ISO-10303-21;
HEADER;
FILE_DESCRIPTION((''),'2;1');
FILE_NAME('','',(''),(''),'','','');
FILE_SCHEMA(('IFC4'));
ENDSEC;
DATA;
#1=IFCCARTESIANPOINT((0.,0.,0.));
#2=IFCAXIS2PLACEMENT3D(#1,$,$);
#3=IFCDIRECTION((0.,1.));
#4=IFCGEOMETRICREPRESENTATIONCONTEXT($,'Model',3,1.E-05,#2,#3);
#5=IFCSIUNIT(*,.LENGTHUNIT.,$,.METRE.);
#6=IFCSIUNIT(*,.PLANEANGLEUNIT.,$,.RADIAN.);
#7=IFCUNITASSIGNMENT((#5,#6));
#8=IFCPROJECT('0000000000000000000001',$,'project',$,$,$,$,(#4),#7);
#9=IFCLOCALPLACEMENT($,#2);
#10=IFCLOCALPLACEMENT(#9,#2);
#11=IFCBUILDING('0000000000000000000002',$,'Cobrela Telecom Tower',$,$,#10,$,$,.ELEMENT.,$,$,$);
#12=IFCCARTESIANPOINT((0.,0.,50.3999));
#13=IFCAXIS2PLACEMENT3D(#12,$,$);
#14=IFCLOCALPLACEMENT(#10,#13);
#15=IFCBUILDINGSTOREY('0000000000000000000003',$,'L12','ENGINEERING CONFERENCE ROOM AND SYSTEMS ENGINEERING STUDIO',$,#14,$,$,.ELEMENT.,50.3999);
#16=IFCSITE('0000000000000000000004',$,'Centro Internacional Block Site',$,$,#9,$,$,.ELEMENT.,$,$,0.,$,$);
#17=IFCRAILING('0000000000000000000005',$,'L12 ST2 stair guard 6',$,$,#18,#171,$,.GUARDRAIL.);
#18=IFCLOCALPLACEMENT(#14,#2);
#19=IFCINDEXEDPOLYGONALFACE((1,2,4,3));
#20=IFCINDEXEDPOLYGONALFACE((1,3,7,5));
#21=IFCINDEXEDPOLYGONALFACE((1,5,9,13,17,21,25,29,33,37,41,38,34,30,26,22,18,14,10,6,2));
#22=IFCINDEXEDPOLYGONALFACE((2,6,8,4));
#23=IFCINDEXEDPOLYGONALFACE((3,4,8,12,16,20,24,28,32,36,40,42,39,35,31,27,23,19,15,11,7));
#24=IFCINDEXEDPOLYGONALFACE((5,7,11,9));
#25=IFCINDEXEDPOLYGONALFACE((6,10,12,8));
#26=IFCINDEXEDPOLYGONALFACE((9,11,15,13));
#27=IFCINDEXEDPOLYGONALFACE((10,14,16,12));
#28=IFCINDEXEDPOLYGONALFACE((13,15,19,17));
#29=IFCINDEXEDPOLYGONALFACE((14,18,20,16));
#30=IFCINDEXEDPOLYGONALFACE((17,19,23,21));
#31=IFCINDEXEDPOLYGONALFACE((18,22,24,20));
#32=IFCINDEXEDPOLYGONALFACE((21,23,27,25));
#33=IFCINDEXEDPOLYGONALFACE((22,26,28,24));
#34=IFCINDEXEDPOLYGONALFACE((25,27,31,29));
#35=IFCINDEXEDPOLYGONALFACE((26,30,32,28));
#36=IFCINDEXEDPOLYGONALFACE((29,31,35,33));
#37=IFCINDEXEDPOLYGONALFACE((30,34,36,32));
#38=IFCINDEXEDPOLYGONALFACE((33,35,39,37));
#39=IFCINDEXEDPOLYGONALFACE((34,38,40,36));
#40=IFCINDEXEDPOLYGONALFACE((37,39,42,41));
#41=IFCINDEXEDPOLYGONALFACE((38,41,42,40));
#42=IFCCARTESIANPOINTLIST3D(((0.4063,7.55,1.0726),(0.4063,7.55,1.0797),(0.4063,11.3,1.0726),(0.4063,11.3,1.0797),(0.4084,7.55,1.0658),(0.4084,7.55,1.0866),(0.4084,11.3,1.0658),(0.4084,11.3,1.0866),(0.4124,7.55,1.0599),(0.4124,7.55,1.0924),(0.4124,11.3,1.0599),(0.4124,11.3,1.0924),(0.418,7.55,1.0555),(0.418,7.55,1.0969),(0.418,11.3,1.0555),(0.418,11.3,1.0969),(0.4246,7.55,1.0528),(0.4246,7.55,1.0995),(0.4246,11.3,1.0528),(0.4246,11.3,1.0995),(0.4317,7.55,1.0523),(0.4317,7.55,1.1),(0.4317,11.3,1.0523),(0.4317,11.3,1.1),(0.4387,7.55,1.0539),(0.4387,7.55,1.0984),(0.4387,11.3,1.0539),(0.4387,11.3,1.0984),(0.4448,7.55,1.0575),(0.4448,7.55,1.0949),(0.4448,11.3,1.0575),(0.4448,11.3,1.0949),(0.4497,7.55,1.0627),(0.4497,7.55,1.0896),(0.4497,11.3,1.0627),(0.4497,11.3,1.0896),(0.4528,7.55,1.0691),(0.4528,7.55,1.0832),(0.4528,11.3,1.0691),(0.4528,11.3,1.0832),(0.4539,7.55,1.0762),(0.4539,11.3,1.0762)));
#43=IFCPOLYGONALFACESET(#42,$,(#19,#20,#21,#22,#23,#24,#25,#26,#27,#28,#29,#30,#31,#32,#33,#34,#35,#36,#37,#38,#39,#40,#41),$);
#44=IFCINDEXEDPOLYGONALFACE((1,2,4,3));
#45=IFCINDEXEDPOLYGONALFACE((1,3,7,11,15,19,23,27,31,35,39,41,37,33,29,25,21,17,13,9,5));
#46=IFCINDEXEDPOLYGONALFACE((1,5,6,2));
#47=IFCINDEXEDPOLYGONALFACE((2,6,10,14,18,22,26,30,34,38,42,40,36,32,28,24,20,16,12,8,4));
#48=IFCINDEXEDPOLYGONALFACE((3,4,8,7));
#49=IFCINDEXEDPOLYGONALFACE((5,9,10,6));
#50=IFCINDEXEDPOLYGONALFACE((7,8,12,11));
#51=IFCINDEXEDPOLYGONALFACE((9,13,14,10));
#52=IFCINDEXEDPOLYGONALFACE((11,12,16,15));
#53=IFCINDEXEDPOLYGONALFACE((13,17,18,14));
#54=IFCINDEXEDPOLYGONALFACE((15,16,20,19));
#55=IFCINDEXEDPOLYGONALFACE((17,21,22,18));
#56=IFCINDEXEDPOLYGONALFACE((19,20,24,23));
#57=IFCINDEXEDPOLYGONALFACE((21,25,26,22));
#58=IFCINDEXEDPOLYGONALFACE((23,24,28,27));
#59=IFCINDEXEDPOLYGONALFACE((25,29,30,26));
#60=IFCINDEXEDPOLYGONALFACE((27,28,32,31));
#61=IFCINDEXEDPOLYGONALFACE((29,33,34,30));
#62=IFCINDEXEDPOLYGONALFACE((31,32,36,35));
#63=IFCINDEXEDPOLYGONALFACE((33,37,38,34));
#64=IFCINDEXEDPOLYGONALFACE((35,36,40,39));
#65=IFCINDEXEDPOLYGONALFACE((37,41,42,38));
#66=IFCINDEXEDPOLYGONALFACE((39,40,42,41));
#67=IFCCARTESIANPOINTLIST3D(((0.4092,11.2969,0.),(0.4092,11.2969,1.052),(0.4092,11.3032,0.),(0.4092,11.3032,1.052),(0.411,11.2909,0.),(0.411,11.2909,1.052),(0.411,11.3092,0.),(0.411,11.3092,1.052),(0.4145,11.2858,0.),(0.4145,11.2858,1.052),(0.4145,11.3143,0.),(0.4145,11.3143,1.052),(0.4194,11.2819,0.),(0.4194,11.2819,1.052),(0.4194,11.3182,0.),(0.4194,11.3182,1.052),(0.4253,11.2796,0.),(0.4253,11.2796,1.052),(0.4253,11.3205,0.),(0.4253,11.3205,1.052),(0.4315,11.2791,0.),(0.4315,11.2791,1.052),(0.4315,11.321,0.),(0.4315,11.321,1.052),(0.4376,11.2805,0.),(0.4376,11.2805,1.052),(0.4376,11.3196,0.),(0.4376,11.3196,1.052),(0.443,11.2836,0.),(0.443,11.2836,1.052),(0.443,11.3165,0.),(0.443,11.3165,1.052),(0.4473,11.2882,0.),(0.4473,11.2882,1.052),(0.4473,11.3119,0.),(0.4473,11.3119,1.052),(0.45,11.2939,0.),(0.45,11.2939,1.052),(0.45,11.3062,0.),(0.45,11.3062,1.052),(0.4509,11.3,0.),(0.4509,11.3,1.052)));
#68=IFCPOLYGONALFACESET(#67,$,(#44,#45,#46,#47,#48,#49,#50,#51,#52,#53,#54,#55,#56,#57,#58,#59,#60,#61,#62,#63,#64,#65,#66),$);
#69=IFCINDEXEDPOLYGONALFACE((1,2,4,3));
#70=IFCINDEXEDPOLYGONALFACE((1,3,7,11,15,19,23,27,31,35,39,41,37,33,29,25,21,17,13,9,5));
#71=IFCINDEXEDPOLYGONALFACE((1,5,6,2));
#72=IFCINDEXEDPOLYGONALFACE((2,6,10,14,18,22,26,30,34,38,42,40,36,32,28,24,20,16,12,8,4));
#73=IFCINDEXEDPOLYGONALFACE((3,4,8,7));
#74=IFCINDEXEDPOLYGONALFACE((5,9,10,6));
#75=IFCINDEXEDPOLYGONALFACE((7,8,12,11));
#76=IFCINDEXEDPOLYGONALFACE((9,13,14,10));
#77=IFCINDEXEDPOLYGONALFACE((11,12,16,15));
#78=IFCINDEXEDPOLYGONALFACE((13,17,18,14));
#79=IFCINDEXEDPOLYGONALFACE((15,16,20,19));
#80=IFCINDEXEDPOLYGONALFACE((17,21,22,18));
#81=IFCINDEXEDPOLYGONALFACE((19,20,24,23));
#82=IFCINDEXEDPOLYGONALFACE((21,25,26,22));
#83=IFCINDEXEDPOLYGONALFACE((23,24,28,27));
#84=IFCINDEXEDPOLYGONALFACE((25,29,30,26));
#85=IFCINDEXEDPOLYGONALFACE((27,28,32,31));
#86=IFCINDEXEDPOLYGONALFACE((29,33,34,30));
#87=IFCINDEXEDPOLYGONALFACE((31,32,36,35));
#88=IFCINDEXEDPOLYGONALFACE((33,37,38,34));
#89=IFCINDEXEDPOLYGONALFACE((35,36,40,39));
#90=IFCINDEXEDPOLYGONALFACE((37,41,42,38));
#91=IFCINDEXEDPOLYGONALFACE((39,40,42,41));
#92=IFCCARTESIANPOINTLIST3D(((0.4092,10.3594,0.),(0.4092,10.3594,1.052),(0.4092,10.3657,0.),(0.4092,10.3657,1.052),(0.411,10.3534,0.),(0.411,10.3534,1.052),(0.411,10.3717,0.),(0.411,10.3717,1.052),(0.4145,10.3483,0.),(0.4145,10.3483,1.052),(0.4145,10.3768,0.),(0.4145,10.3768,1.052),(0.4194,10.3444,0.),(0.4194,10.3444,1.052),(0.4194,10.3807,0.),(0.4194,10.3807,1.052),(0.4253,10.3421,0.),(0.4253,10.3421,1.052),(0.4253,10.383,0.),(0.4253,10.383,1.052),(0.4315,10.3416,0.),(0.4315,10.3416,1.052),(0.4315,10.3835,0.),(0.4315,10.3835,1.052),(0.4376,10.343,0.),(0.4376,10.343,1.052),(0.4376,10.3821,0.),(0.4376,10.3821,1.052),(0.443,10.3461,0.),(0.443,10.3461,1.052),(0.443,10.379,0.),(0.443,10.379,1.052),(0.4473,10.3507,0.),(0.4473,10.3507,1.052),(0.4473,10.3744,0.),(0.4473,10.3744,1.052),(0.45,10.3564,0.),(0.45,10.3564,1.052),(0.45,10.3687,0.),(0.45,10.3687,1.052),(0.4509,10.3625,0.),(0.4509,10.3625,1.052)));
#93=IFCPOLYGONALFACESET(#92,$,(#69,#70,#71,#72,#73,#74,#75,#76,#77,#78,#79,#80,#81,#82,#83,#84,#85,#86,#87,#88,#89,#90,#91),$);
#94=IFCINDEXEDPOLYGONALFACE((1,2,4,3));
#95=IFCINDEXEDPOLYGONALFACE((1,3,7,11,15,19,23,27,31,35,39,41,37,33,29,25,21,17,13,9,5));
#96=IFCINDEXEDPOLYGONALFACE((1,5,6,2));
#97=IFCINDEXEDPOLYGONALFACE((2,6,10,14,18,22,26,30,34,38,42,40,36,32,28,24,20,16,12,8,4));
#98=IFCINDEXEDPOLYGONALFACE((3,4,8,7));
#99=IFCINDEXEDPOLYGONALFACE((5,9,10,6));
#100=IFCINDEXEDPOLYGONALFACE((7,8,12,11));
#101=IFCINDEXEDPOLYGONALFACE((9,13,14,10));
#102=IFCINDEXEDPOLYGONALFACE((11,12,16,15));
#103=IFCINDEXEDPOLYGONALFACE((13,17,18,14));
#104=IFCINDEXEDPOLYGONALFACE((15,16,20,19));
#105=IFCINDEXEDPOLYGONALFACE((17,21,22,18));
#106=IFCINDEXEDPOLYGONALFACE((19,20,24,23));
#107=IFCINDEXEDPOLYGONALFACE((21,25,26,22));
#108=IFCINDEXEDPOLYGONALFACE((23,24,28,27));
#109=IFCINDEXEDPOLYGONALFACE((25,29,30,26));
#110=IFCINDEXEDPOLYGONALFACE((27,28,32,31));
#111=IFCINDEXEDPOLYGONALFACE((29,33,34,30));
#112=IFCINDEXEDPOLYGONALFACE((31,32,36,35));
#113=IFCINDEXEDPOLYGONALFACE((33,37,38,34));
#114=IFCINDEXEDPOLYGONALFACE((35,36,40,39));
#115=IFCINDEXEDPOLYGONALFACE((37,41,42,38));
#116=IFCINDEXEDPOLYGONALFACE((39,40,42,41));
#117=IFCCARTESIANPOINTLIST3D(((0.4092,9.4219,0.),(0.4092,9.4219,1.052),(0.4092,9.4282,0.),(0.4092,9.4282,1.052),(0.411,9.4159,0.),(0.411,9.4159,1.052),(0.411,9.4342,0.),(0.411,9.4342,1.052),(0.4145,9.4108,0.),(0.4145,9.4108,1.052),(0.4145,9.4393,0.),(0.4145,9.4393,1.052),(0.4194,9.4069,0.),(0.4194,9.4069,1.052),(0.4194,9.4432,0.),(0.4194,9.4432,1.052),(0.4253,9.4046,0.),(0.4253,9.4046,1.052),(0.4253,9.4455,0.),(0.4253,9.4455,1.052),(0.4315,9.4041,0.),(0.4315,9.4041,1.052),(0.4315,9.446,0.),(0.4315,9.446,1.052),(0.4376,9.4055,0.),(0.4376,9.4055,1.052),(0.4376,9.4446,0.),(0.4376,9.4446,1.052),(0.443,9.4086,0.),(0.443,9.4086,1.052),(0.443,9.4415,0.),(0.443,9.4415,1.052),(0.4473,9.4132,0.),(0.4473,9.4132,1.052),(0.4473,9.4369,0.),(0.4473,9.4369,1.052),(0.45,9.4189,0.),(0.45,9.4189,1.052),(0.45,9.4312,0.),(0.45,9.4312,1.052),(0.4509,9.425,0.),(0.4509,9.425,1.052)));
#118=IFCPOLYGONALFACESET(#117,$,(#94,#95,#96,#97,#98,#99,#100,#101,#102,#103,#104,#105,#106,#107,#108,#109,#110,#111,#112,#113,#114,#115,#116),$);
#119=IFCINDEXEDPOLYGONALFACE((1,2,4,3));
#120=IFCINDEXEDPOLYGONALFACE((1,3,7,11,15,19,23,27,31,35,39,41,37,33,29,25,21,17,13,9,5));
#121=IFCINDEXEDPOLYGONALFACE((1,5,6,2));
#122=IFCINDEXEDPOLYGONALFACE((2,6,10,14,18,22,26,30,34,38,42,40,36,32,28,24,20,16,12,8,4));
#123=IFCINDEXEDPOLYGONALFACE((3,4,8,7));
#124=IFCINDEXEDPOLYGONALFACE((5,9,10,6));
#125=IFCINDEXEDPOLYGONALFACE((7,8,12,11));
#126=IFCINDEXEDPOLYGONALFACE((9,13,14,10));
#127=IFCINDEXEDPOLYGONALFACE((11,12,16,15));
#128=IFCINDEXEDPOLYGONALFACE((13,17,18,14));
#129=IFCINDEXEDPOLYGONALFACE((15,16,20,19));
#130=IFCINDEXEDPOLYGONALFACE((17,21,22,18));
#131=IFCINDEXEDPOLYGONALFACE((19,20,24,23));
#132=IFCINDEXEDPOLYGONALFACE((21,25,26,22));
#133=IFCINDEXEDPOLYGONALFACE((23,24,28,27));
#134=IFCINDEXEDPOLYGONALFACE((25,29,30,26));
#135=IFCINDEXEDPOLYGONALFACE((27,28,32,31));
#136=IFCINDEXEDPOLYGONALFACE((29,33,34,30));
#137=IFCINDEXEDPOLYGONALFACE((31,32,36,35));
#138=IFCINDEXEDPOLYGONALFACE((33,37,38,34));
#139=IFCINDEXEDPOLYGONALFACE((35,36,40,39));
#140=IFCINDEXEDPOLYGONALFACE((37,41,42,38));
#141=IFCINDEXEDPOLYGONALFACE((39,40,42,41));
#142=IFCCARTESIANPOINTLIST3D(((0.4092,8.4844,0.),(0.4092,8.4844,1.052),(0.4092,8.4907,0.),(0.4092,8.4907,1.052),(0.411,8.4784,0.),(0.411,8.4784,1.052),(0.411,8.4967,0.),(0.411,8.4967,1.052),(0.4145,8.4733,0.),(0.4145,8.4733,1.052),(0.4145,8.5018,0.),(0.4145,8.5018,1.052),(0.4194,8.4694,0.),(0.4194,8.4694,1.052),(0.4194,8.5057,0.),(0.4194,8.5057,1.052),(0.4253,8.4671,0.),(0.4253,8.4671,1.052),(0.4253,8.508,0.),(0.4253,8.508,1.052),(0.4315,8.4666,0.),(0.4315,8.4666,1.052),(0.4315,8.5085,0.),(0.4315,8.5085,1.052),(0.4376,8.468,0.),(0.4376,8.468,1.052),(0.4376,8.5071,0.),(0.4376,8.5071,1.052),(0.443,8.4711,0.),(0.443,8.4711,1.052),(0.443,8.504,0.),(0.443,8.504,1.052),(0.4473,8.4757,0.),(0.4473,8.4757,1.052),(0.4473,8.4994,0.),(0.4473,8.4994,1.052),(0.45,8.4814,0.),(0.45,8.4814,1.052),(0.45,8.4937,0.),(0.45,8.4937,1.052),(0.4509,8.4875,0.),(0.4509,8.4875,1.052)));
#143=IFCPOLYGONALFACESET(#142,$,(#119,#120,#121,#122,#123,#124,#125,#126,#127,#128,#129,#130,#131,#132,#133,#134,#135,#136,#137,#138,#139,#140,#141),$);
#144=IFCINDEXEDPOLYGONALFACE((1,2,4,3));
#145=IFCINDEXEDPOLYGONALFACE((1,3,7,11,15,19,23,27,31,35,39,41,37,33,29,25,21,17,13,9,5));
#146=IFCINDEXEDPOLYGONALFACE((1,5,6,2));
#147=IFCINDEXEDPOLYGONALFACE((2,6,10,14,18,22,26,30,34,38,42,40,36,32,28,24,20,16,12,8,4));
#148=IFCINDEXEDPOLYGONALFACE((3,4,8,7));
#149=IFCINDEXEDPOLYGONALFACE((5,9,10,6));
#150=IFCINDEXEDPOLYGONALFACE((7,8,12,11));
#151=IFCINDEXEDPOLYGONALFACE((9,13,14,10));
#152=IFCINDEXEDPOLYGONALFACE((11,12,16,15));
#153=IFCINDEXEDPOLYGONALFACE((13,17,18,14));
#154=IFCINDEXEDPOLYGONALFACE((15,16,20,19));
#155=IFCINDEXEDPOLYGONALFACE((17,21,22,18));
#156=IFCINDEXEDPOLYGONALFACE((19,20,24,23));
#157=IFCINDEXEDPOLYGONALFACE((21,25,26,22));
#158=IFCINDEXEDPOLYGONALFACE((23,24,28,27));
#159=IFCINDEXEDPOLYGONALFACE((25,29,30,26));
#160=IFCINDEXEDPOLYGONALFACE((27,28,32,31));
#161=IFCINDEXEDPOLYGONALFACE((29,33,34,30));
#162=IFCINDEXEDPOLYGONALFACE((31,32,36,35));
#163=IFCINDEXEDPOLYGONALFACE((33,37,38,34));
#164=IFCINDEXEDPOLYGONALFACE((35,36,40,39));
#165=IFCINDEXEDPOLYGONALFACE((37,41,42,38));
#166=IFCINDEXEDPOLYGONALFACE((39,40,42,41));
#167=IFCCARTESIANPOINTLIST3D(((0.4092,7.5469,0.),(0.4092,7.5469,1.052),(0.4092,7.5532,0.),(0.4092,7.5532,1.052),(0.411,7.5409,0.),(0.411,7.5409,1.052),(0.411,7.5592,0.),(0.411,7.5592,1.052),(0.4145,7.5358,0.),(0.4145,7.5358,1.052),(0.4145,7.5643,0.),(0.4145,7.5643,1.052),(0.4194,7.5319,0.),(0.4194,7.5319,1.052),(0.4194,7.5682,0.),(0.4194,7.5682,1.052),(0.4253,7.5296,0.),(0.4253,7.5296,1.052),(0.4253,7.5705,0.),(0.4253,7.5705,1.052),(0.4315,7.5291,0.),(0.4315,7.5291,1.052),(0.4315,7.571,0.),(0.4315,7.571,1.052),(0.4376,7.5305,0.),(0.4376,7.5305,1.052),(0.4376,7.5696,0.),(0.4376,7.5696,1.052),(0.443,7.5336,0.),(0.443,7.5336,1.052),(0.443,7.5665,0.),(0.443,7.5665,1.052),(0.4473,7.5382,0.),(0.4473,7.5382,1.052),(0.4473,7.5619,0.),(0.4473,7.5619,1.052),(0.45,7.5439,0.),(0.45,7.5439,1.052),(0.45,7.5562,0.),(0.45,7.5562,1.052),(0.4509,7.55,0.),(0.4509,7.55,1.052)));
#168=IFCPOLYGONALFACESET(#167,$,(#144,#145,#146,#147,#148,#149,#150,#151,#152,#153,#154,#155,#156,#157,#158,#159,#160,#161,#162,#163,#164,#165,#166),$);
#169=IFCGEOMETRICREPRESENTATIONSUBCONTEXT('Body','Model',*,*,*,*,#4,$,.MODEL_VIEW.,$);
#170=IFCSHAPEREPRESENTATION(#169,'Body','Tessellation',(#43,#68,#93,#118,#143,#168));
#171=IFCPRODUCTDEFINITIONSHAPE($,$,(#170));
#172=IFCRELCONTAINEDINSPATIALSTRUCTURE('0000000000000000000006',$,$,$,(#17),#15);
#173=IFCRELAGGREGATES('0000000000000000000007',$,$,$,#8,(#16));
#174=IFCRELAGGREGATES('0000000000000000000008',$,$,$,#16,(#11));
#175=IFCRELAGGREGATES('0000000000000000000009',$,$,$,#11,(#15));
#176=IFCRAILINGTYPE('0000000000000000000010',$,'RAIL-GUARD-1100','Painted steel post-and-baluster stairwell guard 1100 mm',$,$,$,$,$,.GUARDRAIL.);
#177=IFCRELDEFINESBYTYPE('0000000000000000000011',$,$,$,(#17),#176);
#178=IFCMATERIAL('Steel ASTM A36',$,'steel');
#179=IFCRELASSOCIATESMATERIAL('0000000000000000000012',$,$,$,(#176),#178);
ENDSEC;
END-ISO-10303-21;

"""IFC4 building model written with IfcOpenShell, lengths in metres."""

from ifc_helpers import new_model, si_unit, direction, frame, origin, origin_2d, place, context, subcontext, project, spatial, circle, extrude, material, type_object, element, save


model = new_model("IFC4")

# Units and contexts
model_context = context("Model", 3, precision=1e-05, world=origin(), true_north=direction((0.0, 1.0)))
body_context = subcontext(model_context, "Body", "Model", "MODEL_VIEW")
ifc_project = project(units=[si_unit("LENGTHUNIT", "METRE"), si_unit("PLANEANGLEUNIT", "RADIAN")], contexts=[model_context])

# Site, building, storey
site_placement = place(None, origin())
site = spatial("IfcSite", under=ifc_project, at=site_placement, Name="Centro Internacional Block Site", CompositionType="ELEMENT", RefElevation=0.0)
building_placement = place(site_placement, origin())
building = spatial("IfcBuilding", under=site, at=building_placement, Name="Cobrela Telecom Tower", CompositionType="ELEMENT")
storey_placement = place(building_placement, frame((0.0, 0.0, 50.3999)))
storey = spatial("IfcBuildingStorey", under=building, at=storey_placement, Name="L12", Description="ENGINEERING CONFERENCE ROOM AND SYSTEMS ENGINEERING STUDIO", CompositionType="ELEMENT", Elevation=50.3999)

# Railing
ifc_material_1 = material(Name="Steel ASTM A36", Category="steel")
railing_type_1 = type_object("IfcRailingType", Name="RAIL-GUARD-1100", Description="Painted steel post-and-baluster stairwell guard 1100 mm", PredefinedType="GUARDRAIL", material=ifc_material_1)
railing_1_placement = place(storey_placement, frame((0.4299, 11.3, 0.0)))
element("IfcRailing", 1, at=railing_1_placement, inside=storey, type_object=railing_type_1, Name="L12 ST2 stair guard 6", PredefinedType="GUARDRAIL", context=body_context, shape_type="SweptSolid", body=[
    extrude(circle(Radius=0.0239, at=origin_2d()), frame((0.0, 0.0, 1.0762), z_axis=(0.0, -1.0, 0.0), x_axis=(1.0, 0.0, 0.0)), (0.0, 0.0, 1.0), 3.75),
    extrude(circle(Radius=0.021, at=origin_2d()), origin(), (0.0, 0.0, 1.0), 1.052),
    extrude(circle(Radius=0.021, at=origin_2d()), frame((0.0, -0.9375, 0.0)), (0.0, 0.0, 1.0), 1.052),
    extrude(circle(Radius=0.021, at=origin_2d()), frame((0.0, -1.875, 0.0)), (0.0, 0.0, 1.0), 1.052),
    extrude(circle(Radius=0.021, at=origin_2d()), frame((0.0, -2.8125, 0.0)), (0.0, 0.0, 1.0), 1.052),
    extrude(circle(Radius=0.021, at=origin_2d()), frame((0.0, -3.75, 0.0)), (0.0, 0.0, 1.0), 1.052),
])

save(model, "model.ifc")
